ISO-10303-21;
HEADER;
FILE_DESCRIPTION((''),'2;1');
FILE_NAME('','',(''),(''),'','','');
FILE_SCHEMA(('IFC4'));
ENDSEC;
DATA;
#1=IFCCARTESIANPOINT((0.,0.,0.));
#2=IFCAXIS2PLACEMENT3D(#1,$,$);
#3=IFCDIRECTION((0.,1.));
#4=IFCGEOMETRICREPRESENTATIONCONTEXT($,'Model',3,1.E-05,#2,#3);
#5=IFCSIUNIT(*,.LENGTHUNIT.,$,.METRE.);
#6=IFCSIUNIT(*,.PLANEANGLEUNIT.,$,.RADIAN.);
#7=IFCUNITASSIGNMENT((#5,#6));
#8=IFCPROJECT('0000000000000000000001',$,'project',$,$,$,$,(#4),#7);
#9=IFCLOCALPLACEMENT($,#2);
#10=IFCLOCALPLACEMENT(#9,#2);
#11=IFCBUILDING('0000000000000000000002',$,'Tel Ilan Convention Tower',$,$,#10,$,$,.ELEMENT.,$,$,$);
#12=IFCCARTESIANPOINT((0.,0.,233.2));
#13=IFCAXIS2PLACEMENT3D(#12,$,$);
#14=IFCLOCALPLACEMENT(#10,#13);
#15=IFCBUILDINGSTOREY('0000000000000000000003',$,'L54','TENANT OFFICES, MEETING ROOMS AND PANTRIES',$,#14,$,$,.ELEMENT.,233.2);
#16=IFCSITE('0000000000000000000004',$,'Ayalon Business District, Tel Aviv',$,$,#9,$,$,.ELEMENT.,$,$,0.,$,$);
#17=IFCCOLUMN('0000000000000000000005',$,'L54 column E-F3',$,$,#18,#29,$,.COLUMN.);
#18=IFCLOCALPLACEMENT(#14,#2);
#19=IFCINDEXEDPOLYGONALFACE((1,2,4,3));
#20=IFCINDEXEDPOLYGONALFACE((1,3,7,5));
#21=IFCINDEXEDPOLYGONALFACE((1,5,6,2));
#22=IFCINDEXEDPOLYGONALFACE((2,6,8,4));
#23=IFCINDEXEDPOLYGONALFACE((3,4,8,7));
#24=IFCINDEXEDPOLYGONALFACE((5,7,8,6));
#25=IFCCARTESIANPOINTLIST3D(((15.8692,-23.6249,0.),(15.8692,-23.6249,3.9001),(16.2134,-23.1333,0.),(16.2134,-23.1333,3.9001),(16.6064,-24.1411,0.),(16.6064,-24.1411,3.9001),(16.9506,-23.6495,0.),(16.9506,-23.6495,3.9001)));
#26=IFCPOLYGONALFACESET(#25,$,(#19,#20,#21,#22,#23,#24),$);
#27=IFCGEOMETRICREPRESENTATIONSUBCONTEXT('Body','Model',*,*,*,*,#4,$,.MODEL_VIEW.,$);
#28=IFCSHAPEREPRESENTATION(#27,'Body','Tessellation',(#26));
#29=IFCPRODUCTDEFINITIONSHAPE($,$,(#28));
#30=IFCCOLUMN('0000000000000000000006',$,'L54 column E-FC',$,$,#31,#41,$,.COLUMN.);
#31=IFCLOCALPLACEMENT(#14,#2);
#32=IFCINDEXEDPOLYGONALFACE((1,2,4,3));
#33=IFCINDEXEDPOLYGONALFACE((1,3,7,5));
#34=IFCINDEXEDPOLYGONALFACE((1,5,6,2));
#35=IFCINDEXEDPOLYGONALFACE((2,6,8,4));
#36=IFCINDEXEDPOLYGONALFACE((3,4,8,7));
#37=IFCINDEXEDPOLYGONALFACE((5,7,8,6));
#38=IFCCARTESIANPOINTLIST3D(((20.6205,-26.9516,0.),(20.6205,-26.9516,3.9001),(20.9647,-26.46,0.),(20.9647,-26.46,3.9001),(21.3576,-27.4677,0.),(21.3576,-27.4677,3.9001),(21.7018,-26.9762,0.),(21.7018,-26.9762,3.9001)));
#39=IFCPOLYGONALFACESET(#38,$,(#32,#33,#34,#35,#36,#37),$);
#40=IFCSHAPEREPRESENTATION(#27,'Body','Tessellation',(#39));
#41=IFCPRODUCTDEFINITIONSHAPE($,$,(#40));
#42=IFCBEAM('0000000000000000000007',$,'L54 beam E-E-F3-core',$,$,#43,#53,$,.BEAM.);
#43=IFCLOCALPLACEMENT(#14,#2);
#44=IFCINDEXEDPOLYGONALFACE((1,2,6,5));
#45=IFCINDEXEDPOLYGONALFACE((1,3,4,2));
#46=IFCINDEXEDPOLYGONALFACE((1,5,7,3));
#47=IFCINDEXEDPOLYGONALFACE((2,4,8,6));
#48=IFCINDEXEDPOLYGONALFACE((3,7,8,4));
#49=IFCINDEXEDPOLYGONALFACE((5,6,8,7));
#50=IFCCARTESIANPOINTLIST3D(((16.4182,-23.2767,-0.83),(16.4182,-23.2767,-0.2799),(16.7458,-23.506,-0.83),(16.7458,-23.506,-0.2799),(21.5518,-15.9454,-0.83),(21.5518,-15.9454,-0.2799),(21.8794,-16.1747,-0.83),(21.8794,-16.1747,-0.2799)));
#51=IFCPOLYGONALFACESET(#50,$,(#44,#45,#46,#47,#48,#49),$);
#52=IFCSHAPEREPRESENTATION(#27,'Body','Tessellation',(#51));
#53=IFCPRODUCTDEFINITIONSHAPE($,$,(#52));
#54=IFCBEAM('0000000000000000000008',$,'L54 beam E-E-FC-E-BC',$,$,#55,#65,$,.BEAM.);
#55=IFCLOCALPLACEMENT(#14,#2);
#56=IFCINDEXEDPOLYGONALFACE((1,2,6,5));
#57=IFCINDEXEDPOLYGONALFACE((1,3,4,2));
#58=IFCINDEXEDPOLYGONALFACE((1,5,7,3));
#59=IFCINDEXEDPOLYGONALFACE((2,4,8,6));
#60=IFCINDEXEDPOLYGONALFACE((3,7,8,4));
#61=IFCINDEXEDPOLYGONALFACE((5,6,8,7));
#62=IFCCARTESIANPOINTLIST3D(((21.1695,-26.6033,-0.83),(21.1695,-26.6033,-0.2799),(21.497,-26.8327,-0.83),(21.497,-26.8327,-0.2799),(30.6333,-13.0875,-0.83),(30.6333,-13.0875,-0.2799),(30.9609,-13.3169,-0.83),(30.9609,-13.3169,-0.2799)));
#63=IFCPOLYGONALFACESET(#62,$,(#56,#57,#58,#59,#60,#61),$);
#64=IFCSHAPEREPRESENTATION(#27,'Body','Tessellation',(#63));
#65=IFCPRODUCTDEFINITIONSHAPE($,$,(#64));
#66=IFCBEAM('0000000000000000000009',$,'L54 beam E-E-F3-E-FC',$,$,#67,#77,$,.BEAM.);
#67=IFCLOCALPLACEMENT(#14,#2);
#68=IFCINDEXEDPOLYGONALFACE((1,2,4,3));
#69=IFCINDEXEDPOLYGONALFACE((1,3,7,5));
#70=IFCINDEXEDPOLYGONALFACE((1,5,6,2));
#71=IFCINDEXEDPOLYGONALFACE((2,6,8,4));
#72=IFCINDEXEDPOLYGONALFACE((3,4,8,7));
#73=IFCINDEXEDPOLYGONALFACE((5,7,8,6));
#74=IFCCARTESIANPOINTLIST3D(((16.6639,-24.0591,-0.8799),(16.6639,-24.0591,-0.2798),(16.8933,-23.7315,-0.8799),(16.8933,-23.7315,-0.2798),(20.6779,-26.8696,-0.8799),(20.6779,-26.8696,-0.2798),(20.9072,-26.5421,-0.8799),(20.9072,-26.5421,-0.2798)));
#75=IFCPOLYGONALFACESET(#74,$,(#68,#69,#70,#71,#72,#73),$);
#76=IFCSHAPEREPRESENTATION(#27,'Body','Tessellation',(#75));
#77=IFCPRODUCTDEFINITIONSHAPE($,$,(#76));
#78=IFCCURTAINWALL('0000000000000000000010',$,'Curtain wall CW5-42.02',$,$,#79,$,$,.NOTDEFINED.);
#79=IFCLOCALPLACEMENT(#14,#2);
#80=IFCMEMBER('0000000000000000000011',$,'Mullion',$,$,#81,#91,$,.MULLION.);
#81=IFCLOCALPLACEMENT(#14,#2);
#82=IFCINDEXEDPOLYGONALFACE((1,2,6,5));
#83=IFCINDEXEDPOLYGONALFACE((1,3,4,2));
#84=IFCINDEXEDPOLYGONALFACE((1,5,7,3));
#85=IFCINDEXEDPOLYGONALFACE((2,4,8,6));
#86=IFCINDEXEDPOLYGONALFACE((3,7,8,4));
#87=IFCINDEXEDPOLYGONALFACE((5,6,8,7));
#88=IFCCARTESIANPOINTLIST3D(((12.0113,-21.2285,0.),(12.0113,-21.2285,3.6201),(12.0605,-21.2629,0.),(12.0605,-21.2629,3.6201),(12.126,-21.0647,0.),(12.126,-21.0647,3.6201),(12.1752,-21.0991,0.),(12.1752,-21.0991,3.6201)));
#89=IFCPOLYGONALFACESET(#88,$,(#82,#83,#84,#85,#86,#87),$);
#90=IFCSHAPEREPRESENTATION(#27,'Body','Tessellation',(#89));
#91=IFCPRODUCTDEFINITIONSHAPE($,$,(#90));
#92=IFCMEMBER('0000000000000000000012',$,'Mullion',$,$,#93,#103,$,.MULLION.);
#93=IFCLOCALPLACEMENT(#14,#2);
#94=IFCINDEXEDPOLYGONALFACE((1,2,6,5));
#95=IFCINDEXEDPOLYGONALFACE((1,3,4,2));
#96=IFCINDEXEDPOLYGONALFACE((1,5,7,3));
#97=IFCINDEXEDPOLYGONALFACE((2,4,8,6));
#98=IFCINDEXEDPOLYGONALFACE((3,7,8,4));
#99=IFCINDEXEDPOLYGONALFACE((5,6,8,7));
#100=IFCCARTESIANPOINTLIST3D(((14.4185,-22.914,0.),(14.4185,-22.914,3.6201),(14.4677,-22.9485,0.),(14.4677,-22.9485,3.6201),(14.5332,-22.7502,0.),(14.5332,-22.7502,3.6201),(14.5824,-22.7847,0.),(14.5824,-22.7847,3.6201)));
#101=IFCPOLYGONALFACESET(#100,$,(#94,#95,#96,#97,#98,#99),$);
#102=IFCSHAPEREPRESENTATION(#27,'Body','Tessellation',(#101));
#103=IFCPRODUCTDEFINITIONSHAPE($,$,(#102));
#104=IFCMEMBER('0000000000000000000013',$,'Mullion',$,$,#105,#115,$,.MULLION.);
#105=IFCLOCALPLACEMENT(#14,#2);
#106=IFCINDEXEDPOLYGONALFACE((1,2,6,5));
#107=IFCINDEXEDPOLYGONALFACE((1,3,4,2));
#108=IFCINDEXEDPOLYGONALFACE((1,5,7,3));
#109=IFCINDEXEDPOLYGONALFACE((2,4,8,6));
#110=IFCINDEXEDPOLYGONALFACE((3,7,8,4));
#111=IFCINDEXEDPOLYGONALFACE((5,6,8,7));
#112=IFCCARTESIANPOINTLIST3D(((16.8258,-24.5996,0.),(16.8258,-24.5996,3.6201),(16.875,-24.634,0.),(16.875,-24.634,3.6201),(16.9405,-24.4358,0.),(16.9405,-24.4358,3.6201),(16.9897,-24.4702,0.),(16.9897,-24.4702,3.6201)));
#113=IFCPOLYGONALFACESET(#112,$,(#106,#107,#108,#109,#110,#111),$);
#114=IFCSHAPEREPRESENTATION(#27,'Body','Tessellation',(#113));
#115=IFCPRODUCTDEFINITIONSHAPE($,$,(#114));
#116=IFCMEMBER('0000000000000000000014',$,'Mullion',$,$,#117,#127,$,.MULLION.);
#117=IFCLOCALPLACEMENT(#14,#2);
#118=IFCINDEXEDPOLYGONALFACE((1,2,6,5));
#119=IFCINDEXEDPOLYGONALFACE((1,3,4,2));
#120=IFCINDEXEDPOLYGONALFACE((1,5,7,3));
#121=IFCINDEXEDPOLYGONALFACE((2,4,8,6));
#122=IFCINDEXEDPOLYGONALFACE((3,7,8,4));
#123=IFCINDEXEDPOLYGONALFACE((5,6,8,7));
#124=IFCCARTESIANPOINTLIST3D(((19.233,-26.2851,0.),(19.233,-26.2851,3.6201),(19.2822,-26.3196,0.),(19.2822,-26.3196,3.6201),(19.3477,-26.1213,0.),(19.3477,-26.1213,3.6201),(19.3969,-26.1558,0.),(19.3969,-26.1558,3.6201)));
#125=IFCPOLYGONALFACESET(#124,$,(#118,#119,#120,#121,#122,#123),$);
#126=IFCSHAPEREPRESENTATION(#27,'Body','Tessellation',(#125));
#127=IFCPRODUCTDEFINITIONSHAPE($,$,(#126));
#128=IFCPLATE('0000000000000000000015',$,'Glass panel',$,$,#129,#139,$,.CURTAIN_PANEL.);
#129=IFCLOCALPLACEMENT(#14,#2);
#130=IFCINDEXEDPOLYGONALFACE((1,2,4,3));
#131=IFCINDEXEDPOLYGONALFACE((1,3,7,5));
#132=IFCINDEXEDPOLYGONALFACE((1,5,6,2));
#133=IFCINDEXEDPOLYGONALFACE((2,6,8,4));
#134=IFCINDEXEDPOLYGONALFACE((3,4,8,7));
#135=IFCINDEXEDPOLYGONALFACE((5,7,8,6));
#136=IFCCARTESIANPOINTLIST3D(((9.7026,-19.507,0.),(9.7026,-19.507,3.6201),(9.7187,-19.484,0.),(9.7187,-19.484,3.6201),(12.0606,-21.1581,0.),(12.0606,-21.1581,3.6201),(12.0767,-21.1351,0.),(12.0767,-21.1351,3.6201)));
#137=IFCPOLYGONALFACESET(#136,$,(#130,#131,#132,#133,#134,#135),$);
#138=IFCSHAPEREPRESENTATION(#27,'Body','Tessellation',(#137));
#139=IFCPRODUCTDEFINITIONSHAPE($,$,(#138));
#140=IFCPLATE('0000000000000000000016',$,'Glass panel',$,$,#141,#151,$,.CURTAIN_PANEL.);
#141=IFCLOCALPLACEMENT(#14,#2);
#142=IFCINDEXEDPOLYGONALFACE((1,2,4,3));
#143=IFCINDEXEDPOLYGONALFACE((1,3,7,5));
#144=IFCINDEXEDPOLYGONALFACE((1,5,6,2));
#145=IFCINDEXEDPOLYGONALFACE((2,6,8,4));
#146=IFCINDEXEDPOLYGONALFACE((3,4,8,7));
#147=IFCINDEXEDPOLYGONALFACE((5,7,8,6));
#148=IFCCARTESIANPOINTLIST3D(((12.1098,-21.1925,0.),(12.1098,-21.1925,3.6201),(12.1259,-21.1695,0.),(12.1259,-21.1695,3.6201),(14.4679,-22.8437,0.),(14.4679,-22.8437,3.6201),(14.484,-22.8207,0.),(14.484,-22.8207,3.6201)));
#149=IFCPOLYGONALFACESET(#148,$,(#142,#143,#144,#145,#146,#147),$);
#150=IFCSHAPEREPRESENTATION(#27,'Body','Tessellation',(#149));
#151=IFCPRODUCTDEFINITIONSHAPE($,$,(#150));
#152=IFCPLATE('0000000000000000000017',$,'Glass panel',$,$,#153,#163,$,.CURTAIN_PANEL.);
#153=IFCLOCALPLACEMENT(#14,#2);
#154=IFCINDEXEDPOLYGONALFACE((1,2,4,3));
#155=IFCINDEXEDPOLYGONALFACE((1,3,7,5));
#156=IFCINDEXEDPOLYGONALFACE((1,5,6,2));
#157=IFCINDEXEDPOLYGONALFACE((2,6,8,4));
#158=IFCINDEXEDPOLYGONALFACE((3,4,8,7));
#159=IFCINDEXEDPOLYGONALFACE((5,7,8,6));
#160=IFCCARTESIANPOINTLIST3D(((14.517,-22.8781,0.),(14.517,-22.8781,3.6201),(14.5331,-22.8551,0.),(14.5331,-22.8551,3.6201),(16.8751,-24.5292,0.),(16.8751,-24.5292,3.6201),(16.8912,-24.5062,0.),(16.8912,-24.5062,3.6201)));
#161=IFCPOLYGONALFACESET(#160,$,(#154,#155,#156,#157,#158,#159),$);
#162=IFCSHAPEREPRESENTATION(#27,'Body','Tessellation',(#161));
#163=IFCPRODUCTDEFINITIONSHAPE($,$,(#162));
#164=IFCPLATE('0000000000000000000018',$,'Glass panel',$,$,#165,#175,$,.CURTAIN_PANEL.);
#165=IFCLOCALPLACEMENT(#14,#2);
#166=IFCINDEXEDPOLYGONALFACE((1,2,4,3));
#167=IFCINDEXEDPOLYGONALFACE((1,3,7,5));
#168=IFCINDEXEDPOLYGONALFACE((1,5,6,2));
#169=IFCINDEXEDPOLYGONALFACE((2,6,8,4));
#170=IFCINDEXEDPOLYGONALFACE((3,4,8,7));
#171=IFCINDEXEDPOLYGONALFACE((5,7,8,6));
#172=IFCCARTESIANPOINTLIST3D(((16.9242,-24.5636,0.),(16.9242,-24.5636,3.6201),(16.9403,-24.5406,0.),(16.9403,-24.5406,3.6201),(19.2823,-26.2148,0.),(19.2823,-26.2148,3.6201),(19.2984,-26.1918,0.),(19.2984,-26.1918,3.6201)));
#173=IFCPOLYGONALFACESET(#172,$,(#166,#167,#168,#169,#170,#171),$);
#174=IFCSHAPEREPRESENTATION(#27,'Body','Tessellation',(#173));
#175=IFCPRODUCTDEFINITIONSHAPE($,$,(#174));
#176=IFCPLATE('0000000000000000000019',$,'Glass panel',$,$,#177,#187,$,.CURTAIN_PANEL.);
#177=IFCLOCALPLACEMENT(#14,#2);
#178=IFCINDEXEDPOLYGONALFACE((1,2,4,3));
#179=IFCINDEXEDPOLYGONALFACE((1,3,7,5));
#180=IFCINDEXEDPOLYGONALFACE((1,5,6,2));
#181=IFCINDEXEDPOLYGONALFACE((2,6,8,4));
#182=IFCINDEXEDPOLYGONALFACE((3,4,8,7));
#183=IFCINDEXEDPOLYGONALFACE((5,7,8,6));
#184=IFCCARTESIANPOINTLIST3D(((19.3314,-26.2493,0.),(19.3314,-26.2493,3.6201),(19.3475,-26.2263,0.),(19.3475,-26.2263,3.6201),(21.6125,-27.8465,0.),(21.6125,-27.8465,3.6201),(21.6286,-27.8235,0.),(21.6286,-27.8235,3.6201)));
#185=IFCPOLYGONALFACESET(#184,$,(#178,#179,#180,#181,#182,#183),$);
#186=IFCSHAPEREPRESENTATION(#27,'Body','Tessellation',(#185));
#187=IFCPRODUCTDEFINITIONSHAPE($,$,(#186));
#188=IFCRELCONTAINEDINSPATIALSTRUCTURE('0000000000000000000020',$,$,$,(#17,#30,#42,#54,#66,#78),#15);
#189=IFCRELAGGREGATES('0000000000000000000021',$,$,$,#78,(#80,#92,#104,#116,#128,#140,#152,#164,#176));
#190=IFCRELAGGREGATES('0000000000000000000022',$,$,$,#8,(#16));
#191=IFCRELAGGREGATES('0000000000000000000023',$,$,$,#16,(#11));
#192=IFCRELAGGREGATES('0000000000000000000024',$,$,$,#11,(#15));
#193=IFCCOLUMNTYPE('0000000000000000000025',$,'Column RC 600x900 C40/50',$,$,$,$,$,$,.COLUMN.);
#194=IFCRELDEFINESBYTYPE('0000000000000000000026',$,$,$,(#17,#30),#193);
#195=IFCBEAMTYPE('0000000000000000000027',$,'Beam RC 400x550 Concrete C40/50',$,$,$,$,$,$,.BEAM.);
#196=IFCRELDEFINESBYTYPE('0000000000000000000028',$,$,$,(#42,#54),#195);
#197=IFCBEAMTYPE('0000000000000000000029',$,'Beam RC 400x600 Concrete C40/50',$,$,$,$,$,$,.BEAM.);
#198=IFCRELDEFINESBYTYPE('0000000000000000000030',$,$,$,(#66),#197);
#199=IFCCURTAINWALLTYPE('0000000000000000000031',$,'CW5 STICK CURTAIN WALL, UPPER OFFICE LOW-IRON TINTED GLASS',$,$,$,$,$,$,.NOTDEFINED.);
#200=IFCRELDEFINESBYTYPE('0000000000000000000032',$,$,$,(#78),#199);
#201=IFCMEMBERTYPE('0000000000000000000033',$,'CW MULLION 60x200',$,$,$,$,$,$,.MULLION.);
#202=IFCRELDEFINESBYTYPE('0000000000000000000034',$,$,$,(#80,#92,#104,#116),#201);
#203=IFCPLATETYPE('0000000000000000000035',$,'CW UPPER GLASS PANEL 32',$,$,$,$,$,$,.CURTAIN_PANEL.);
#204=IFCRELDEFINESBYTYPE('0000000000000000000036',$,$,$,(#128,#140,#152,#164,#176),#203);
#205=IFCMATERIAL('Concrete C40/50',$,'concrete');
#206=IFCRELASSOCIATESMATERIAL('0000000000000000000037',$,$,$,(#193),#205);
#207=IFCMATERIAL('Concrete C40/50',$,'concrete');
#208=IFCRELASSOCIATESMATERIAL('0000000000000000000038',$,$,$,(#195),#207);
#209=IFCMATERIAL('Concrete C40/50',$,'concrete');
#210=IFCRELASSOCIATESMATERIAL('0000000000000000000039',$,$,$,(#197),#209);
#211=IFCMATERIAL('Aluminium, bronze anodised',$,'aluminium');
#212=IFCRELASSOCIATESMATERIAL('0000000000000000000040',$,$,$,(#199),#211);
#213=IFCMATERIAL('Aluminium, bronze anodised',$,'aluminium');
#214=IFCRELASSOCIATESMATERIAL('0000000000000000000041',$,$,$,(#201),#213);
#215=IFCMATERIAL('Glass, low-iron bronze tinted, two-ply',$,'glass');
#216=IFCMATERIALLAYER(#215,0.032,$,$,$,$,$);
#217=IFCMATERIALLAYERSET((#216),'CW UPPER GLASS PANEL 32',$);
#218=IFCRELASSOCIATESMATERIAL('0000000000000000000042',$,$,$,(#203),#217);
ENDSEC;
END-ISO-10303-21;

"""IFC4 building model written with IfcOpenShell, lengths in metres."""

from ifc_helpers import new_model, si_unit, direction, frame, origin, origin_2d, place, context, subcontext, project, spatial, rectangle, extrude, material, layer, layer_set, material_profile, profile_set, type_object, element, aggregate, save


model = new_model("IFC4")

# Units and contexts
model_context = context("Model", 3, precision=1e-05, world=origin(), true_north=direction((0.0, 1.0)))
body_context = subcontext(model_context, "Body", "Model", "MODEL_VIEW")
ifc_project = project(units=[si_unit("LENGTHUNIT", "METRE"), si_unit("PLANEANGLEUNIT", "RADIAN")], contexts=[model_context])

# Site, building, storey
site_placement = place(None, origin())
site = spatial("IfcSite", under=ifc_project, at=site_placement, Name="Ayalon Business District, Tel Aviv", CompositionType="ELEMENT", RefElevation=0.0)
building_placement = place(site_placement, origin())
building = spatial("IfcBuilding", under=site, at=building_placement, Name="Tel Ilan Convention Tower", CompositionType="ELEMENT")
storey_placement = place(building_placement, frame((0.0, 0.0, 233.2)))
storey = spatial("IfcBuildingStorey", under=building, at=storey_placement, Name="L54", Description="TENANT OFFICES, MEETING ROOMS AND PANTRIES", CompositionType="ELEMENT", Elevation=233.2)

# Columns
ifc_material_1 = material(Name="Concrete C40/50", Category="concrete")
ifc_material_profile_1 = material_profile(ifc_material_1, rectangle(XDim=0.8999, YDim=0.6001, at=origin_2d()), Name="RC 600x900")
ifc_profile_set_1 = profile_set([ifc_material_profile_1], Name="Concrete C40/50")
column_type = type_object("IfcColumnType", Name="Column RC 600x900 C40/50", PredefinedType="COLUMN", material=ifc_profile_set_1)
for number, where, z_axis, x_axis, name in (
    (1, (16.4099, -23.6372, 0.0), (0.0, 0.0, 1.0), (0.819152, -0.573576, 0.0), "L54 column E-F3"),
    (2, (21.1611, -26.9639, 0.0), (0.0, 0.0, 1.0), (0.819152, -0.573576, 0.0), "L54 column E-FC"),
):
    element("IfcColumn", number, at=place(storey_placement, frame(where, z_axis=z_axis, x_axis=x_axis)), inside=storey, type_object=column_type, Name=name, PredefinedType="COLUMN", context=body_context, shape_type="SweptSolid", body=[
        extrude(rectangle(XDim=0.8999, YDim=0.6001, at=origin_2d()), origin(), (0.0, 0.0, 1.0), 3.9001),
    ])

# Beams
ifc_material_2 = material(Name="Concrete C40/50", Category="concrete")
ifc_material_profile_2 = material_profile(ifc_material_2, rectangle(XDim=0.3999, YDim=0.55, at=origin_2d()), Name="RC 400x550")
ifc_profile_set_2 = profile_set([ifc_material_profile_2], Name="Concrete C40/50")
beam_type_1 = type_object("IfcBeamType", Name="Beam RC 400x550 Concrete C40/50", PredefinedType="BEAM", material=ifc_profile_set_2)
beam_1_placement = place(storey_placement, frame((16.582, -23.3914, -0.5549), z_axis=(0.573585, 0.819146, 0.0), x_axis=(-0.819146, 0.573585, 0.0)))
element("IfcBeam", 3, at=beam_1_placement, inside=storey, type_object=beam_type_1, Name="L54 beam E-E-F3-core", PredefinedType="BEAM", context=body_context, shape_type="SweptSolid", body=[
    extrude(rectangle(XDim=0.3999, YDim=0.55, at=origin_2d()), origin(), (0.0, 0.0, 1.0), 8.95),
])
beam_2_placement = place(storey_placement, frame((21.3333, -26.718, -0.5549), z_axis=(0.573575, 0.819153, 0.0), x_axis=(-0.819153, 0.573575, 0.0)))
element("IfcBeam", 4, at=beam_2_placement, inside=storey, type_object=beam_type_1, Name="L54 beam E-E-FC-E-BC", PredefinedType="BEAM", context=body_context, shape_type="SweptSolid", body=[
    extrude(rectangle(XDim=0.3999, YDim=0.55, at=origin_2d()), origin(), (0.0, 0.0, 1.0), 16.4998),
])
ifc_material_3 = material(Name="Concrete C40/50", Category="concrete")
ifc_material_profile_3 = material_profile(ifc_material_3, rectangle(XDim=0.3999, YDim=0.6001, at=origin_2d()), Name="RC 400x600")
ifc_profile_set_3 = profile_set([ifc_material_profile_3], Name="Concrete C40/50")
beam_type_2 = type_object("IfcBeamType", Name="Beam RC 400x600 Concrete C40/50", PredefinedType="BEAM", material=ifc_profile_set_3)
beam_3_placement = place(storey_placement, frame((16.7786, -23.8953, -0.5798), z_axis=(0.819155, -0.573573, 0.0), x_axis=(0.573573, 0.819155, 0.0)))
element("IfcBeam", 5, at=beam_3_placement, inside=storey, type_object=beam_type_2, Name="L54 beam E-E-F3-E-FC", PredefinedType="BEAM", context=body_context, shape_type="SweptSolid", body=[
    extrude(rectangle(XDim=0.3999, YDim=0.6001, at=origin_2d()), origin(), (0.0, 0.0, 1.0), 4.9001),
])

# Curtain wall, members, plates
ifc_material_4 = material(Name="Aluminium, bronze anodised", Category="aluminium")
curtain_wall_type = type_object("IfcCurtainWallType", Name="CW5 STICK CURTAIN WALL, UPPER OFFICE LOW-IRON TINTED GLASS", PredefinedType="NOTDEFINED", material=ifc_material_4)
curtain_wall_placement = place(storey_placement, origin())
curtain_wall = element("IfcCurtainWall", 6, at=curtain_wall_placement, inside=storey, type_object=curtain_wall_type, Name="Curtain wall CW5-42.02", PredefinedType="NOTDEFINED")
ifc_material_5 = material(Name="Aluminium, bronze anodised", Category="aluminium")
ifc_material_profile_4 = material_profile(ifc_material_5, rectangle(XDim=0.0601, YDim=0.2, at=origin_2d()), Name="CW MULLION 60x200")
ifc_profile_set_4 = profile_set([ifc_material_profile_4], Name="Aluminium, bronze anodised")
member_type = type_object("IfcMemberType", Name="CW MULLION 60x200", PredefinedType="MULLION", material=ifc_profile_set_4)
member_1_placement = place(storey_placement, frame((12.0933, -21.1638, 0.0), z_axis=(0.0, 0.0, 1.0), x_axis=(0.819152, -0.573576, 0.0)))
member_1 = element("IfcMember", 7, at=member_1_placement, type_object=member_type, Name="Mullion", PredefinedType="MULLION", context=body_context, shape_type="SweptSolid", body=[
    extrude(rectangle(XDim=0.0601, YDim=0.2, at=origin_2d()), origin(), (0.0, 0.0, 1.0), 3.6201),
])
member_2_placement = place(storey_placement, frame((14.5005, -22.8494, 0.0), z_axis=(0.0, 0.0, 1.0), x_axis=(0.819152, -0.573576, 0.0)))
member_2 = element("IfcMember", 8, at=member_2_placement, type_object=member_type, Name="Mullion", PredefinedType="MULLION", context=body_context, shape_type="SweptSolid", body=[
    extrude(rectangle(XDim=0.0601, YDim=0.2, at=origin_2d()), origin(), (0.0, 0.0, 1.0), 3.6201),
])
member_3_placement = place(storey_placement, frame((16.9077, -24.5349, 0.0), z_axis=(0.0, 0.0, 1.0), x_axis=(0.819152, -0.573576, 0.0)))
member_3 = element("IfcMember", 9, at=member_3_placement, type_object=member_type, Name="Mullion", PredefinedType="MULLION", context=body_context, shape_type="SweptSolid", body=[
    extrude(rectangle(XDim=0.0601, YDim=0.2, at=origin_2d()), origin(), (0.0, 0.0, 1.0), 3.6201),
])
member_4_placement = place(storey_placement, frame((19.3149, -26.2205, 0.0), z_axis=(0.0, 0.0, 1.0), x_axis=(0.819152, -0.573576, 0.0)))
member_4 = element("IfcMember", 10, at=member_4_placement, type_object=member_type, Name="Mullion", PredefinedType="MULLION", context=body_context, shape_type="SweptSolid", body=[
    extrude(rectangle(XDim=0.0601, YDim=0.2, at=origin_2d()), origin(), (0.0, 0.0, 1.0), 3.6201),
])
ifc_material_6 = material(Name="Glass, low-iron bronze tinted, two-ply", Category="glass")
ifc_layer_1 = layer(ifc_material_6, 0.032)
ifc_layer_set_1 = layer_set([ifc_layer_1], Name="CW UPPER GLASS PANEL 32")
plate_type = type_object("IfcPlateType", Name="CW UPPER GLASS PANEL 32", PredefinedType="CURTAIN_PANEL", material=ifc_layer_set_1)
plate_1_placement = place(storey_placement, frame((10.8896, -20.321, 0.0), z_axis=(0.0, 0.0, 1.0), x_axis=(0.819152, -0.573576, 0.0)))
plate_1 = element("IfcPlate", 11, at=plate_1_placement, type_object=plate_type, Name="Glass panel", PredefinedType="CURTAIN_PANEL", context=body_context, shape_type="SweptSolid", body=[
    extrude(rectangle(XDim=2.8787, YDim=0.0281, at=origin_2d()), origin(), (0.0, 0.0, 1.0), 3.6201),
])
plate_2_placement = place(storey_placement, frame((13.2969, -22.0066, 0.0), z_axis=(0.0, 0.0, 1.0), x_axis=(0.819152, -0.573576, 0.0)))
plate_2 = element("IfcPlate", 12, at=plate_2_placement, type_object=plate_type, Name="Glass panel", PredefinedType="CURTAIN_PANEL", context=body_context, shape_type="SweptSolid", body=[
    extrude(rectangle(XDim=2.8787, YDim=0.0281, at=origin_2d()), origin(), (0.0, 0.0, 1.0), 3.6201),
])
plate_3_placement = place(storey_placement, frame((15.7041, -23.6921, 0.0), z_axis=(0.0, 0.0, 1.0), x_axis=(0.819152, -0.573576, 0.0)))
plate_3 = element("IfcPlate", 13, at=plate_3_placement, type_object=plate_type, Name="Glass panel", PredefinedType="CURTAIN_PANEL", context=body_context, shape_type="SweptSolid", body=[
    extrude(rectangle(XDim=2.8787, YDim=0.0281, at=origin_2d()), origin(), (0.0, 0.0, 1.0), 3.6201),
])
plate_4_placement = place(storey_placement, frame((18.1113, -25.3777, 0.0), z_axis=(0.0, 0.0, 1.0), x_axis=(0.819152, -0.573576, 0.0)))
plate_4 = element("IfcPlate", 14, at=plate_4_placement, type_object=plate_type, Name="Glass panel", PredefinedType="CURTAIN_PANEL", context=body_context, shape_type="SweptSolid", body=[
    extrude(rectangle(XDim=2.8787, YDim=0.0281, at=origin_2d()), origin(), (0.0, 0.0, 1.0), 3.6201),
])
plate_5_placement = place(storey_placement, frame((20.48, -27.0364, 0.0), z_axis=(0.0, 0.0, 1.0), x_axis=(0.819152, -0.573576, 0.0)))
plate_5 = element("IfcPlate", 15, at=plate_5_placement, type_object=plate_type, Name="Glass panel", PredefinedType="CURTAIN_PANEL", context=body_context, shape_type="SweptSolid", body=[
    extrude(rectangle(XDim=2.7847, YDim=0.0281, at=origin_2d()), origin(), (0.0, 0.0, 1.0), 3.6201),
])
aggregate(curtain_wall, [member_1, member_2, member_3, member_4, plate_1, plate_2, plate_3, plate_4, plate_5])

save(model, "model.ifc")
